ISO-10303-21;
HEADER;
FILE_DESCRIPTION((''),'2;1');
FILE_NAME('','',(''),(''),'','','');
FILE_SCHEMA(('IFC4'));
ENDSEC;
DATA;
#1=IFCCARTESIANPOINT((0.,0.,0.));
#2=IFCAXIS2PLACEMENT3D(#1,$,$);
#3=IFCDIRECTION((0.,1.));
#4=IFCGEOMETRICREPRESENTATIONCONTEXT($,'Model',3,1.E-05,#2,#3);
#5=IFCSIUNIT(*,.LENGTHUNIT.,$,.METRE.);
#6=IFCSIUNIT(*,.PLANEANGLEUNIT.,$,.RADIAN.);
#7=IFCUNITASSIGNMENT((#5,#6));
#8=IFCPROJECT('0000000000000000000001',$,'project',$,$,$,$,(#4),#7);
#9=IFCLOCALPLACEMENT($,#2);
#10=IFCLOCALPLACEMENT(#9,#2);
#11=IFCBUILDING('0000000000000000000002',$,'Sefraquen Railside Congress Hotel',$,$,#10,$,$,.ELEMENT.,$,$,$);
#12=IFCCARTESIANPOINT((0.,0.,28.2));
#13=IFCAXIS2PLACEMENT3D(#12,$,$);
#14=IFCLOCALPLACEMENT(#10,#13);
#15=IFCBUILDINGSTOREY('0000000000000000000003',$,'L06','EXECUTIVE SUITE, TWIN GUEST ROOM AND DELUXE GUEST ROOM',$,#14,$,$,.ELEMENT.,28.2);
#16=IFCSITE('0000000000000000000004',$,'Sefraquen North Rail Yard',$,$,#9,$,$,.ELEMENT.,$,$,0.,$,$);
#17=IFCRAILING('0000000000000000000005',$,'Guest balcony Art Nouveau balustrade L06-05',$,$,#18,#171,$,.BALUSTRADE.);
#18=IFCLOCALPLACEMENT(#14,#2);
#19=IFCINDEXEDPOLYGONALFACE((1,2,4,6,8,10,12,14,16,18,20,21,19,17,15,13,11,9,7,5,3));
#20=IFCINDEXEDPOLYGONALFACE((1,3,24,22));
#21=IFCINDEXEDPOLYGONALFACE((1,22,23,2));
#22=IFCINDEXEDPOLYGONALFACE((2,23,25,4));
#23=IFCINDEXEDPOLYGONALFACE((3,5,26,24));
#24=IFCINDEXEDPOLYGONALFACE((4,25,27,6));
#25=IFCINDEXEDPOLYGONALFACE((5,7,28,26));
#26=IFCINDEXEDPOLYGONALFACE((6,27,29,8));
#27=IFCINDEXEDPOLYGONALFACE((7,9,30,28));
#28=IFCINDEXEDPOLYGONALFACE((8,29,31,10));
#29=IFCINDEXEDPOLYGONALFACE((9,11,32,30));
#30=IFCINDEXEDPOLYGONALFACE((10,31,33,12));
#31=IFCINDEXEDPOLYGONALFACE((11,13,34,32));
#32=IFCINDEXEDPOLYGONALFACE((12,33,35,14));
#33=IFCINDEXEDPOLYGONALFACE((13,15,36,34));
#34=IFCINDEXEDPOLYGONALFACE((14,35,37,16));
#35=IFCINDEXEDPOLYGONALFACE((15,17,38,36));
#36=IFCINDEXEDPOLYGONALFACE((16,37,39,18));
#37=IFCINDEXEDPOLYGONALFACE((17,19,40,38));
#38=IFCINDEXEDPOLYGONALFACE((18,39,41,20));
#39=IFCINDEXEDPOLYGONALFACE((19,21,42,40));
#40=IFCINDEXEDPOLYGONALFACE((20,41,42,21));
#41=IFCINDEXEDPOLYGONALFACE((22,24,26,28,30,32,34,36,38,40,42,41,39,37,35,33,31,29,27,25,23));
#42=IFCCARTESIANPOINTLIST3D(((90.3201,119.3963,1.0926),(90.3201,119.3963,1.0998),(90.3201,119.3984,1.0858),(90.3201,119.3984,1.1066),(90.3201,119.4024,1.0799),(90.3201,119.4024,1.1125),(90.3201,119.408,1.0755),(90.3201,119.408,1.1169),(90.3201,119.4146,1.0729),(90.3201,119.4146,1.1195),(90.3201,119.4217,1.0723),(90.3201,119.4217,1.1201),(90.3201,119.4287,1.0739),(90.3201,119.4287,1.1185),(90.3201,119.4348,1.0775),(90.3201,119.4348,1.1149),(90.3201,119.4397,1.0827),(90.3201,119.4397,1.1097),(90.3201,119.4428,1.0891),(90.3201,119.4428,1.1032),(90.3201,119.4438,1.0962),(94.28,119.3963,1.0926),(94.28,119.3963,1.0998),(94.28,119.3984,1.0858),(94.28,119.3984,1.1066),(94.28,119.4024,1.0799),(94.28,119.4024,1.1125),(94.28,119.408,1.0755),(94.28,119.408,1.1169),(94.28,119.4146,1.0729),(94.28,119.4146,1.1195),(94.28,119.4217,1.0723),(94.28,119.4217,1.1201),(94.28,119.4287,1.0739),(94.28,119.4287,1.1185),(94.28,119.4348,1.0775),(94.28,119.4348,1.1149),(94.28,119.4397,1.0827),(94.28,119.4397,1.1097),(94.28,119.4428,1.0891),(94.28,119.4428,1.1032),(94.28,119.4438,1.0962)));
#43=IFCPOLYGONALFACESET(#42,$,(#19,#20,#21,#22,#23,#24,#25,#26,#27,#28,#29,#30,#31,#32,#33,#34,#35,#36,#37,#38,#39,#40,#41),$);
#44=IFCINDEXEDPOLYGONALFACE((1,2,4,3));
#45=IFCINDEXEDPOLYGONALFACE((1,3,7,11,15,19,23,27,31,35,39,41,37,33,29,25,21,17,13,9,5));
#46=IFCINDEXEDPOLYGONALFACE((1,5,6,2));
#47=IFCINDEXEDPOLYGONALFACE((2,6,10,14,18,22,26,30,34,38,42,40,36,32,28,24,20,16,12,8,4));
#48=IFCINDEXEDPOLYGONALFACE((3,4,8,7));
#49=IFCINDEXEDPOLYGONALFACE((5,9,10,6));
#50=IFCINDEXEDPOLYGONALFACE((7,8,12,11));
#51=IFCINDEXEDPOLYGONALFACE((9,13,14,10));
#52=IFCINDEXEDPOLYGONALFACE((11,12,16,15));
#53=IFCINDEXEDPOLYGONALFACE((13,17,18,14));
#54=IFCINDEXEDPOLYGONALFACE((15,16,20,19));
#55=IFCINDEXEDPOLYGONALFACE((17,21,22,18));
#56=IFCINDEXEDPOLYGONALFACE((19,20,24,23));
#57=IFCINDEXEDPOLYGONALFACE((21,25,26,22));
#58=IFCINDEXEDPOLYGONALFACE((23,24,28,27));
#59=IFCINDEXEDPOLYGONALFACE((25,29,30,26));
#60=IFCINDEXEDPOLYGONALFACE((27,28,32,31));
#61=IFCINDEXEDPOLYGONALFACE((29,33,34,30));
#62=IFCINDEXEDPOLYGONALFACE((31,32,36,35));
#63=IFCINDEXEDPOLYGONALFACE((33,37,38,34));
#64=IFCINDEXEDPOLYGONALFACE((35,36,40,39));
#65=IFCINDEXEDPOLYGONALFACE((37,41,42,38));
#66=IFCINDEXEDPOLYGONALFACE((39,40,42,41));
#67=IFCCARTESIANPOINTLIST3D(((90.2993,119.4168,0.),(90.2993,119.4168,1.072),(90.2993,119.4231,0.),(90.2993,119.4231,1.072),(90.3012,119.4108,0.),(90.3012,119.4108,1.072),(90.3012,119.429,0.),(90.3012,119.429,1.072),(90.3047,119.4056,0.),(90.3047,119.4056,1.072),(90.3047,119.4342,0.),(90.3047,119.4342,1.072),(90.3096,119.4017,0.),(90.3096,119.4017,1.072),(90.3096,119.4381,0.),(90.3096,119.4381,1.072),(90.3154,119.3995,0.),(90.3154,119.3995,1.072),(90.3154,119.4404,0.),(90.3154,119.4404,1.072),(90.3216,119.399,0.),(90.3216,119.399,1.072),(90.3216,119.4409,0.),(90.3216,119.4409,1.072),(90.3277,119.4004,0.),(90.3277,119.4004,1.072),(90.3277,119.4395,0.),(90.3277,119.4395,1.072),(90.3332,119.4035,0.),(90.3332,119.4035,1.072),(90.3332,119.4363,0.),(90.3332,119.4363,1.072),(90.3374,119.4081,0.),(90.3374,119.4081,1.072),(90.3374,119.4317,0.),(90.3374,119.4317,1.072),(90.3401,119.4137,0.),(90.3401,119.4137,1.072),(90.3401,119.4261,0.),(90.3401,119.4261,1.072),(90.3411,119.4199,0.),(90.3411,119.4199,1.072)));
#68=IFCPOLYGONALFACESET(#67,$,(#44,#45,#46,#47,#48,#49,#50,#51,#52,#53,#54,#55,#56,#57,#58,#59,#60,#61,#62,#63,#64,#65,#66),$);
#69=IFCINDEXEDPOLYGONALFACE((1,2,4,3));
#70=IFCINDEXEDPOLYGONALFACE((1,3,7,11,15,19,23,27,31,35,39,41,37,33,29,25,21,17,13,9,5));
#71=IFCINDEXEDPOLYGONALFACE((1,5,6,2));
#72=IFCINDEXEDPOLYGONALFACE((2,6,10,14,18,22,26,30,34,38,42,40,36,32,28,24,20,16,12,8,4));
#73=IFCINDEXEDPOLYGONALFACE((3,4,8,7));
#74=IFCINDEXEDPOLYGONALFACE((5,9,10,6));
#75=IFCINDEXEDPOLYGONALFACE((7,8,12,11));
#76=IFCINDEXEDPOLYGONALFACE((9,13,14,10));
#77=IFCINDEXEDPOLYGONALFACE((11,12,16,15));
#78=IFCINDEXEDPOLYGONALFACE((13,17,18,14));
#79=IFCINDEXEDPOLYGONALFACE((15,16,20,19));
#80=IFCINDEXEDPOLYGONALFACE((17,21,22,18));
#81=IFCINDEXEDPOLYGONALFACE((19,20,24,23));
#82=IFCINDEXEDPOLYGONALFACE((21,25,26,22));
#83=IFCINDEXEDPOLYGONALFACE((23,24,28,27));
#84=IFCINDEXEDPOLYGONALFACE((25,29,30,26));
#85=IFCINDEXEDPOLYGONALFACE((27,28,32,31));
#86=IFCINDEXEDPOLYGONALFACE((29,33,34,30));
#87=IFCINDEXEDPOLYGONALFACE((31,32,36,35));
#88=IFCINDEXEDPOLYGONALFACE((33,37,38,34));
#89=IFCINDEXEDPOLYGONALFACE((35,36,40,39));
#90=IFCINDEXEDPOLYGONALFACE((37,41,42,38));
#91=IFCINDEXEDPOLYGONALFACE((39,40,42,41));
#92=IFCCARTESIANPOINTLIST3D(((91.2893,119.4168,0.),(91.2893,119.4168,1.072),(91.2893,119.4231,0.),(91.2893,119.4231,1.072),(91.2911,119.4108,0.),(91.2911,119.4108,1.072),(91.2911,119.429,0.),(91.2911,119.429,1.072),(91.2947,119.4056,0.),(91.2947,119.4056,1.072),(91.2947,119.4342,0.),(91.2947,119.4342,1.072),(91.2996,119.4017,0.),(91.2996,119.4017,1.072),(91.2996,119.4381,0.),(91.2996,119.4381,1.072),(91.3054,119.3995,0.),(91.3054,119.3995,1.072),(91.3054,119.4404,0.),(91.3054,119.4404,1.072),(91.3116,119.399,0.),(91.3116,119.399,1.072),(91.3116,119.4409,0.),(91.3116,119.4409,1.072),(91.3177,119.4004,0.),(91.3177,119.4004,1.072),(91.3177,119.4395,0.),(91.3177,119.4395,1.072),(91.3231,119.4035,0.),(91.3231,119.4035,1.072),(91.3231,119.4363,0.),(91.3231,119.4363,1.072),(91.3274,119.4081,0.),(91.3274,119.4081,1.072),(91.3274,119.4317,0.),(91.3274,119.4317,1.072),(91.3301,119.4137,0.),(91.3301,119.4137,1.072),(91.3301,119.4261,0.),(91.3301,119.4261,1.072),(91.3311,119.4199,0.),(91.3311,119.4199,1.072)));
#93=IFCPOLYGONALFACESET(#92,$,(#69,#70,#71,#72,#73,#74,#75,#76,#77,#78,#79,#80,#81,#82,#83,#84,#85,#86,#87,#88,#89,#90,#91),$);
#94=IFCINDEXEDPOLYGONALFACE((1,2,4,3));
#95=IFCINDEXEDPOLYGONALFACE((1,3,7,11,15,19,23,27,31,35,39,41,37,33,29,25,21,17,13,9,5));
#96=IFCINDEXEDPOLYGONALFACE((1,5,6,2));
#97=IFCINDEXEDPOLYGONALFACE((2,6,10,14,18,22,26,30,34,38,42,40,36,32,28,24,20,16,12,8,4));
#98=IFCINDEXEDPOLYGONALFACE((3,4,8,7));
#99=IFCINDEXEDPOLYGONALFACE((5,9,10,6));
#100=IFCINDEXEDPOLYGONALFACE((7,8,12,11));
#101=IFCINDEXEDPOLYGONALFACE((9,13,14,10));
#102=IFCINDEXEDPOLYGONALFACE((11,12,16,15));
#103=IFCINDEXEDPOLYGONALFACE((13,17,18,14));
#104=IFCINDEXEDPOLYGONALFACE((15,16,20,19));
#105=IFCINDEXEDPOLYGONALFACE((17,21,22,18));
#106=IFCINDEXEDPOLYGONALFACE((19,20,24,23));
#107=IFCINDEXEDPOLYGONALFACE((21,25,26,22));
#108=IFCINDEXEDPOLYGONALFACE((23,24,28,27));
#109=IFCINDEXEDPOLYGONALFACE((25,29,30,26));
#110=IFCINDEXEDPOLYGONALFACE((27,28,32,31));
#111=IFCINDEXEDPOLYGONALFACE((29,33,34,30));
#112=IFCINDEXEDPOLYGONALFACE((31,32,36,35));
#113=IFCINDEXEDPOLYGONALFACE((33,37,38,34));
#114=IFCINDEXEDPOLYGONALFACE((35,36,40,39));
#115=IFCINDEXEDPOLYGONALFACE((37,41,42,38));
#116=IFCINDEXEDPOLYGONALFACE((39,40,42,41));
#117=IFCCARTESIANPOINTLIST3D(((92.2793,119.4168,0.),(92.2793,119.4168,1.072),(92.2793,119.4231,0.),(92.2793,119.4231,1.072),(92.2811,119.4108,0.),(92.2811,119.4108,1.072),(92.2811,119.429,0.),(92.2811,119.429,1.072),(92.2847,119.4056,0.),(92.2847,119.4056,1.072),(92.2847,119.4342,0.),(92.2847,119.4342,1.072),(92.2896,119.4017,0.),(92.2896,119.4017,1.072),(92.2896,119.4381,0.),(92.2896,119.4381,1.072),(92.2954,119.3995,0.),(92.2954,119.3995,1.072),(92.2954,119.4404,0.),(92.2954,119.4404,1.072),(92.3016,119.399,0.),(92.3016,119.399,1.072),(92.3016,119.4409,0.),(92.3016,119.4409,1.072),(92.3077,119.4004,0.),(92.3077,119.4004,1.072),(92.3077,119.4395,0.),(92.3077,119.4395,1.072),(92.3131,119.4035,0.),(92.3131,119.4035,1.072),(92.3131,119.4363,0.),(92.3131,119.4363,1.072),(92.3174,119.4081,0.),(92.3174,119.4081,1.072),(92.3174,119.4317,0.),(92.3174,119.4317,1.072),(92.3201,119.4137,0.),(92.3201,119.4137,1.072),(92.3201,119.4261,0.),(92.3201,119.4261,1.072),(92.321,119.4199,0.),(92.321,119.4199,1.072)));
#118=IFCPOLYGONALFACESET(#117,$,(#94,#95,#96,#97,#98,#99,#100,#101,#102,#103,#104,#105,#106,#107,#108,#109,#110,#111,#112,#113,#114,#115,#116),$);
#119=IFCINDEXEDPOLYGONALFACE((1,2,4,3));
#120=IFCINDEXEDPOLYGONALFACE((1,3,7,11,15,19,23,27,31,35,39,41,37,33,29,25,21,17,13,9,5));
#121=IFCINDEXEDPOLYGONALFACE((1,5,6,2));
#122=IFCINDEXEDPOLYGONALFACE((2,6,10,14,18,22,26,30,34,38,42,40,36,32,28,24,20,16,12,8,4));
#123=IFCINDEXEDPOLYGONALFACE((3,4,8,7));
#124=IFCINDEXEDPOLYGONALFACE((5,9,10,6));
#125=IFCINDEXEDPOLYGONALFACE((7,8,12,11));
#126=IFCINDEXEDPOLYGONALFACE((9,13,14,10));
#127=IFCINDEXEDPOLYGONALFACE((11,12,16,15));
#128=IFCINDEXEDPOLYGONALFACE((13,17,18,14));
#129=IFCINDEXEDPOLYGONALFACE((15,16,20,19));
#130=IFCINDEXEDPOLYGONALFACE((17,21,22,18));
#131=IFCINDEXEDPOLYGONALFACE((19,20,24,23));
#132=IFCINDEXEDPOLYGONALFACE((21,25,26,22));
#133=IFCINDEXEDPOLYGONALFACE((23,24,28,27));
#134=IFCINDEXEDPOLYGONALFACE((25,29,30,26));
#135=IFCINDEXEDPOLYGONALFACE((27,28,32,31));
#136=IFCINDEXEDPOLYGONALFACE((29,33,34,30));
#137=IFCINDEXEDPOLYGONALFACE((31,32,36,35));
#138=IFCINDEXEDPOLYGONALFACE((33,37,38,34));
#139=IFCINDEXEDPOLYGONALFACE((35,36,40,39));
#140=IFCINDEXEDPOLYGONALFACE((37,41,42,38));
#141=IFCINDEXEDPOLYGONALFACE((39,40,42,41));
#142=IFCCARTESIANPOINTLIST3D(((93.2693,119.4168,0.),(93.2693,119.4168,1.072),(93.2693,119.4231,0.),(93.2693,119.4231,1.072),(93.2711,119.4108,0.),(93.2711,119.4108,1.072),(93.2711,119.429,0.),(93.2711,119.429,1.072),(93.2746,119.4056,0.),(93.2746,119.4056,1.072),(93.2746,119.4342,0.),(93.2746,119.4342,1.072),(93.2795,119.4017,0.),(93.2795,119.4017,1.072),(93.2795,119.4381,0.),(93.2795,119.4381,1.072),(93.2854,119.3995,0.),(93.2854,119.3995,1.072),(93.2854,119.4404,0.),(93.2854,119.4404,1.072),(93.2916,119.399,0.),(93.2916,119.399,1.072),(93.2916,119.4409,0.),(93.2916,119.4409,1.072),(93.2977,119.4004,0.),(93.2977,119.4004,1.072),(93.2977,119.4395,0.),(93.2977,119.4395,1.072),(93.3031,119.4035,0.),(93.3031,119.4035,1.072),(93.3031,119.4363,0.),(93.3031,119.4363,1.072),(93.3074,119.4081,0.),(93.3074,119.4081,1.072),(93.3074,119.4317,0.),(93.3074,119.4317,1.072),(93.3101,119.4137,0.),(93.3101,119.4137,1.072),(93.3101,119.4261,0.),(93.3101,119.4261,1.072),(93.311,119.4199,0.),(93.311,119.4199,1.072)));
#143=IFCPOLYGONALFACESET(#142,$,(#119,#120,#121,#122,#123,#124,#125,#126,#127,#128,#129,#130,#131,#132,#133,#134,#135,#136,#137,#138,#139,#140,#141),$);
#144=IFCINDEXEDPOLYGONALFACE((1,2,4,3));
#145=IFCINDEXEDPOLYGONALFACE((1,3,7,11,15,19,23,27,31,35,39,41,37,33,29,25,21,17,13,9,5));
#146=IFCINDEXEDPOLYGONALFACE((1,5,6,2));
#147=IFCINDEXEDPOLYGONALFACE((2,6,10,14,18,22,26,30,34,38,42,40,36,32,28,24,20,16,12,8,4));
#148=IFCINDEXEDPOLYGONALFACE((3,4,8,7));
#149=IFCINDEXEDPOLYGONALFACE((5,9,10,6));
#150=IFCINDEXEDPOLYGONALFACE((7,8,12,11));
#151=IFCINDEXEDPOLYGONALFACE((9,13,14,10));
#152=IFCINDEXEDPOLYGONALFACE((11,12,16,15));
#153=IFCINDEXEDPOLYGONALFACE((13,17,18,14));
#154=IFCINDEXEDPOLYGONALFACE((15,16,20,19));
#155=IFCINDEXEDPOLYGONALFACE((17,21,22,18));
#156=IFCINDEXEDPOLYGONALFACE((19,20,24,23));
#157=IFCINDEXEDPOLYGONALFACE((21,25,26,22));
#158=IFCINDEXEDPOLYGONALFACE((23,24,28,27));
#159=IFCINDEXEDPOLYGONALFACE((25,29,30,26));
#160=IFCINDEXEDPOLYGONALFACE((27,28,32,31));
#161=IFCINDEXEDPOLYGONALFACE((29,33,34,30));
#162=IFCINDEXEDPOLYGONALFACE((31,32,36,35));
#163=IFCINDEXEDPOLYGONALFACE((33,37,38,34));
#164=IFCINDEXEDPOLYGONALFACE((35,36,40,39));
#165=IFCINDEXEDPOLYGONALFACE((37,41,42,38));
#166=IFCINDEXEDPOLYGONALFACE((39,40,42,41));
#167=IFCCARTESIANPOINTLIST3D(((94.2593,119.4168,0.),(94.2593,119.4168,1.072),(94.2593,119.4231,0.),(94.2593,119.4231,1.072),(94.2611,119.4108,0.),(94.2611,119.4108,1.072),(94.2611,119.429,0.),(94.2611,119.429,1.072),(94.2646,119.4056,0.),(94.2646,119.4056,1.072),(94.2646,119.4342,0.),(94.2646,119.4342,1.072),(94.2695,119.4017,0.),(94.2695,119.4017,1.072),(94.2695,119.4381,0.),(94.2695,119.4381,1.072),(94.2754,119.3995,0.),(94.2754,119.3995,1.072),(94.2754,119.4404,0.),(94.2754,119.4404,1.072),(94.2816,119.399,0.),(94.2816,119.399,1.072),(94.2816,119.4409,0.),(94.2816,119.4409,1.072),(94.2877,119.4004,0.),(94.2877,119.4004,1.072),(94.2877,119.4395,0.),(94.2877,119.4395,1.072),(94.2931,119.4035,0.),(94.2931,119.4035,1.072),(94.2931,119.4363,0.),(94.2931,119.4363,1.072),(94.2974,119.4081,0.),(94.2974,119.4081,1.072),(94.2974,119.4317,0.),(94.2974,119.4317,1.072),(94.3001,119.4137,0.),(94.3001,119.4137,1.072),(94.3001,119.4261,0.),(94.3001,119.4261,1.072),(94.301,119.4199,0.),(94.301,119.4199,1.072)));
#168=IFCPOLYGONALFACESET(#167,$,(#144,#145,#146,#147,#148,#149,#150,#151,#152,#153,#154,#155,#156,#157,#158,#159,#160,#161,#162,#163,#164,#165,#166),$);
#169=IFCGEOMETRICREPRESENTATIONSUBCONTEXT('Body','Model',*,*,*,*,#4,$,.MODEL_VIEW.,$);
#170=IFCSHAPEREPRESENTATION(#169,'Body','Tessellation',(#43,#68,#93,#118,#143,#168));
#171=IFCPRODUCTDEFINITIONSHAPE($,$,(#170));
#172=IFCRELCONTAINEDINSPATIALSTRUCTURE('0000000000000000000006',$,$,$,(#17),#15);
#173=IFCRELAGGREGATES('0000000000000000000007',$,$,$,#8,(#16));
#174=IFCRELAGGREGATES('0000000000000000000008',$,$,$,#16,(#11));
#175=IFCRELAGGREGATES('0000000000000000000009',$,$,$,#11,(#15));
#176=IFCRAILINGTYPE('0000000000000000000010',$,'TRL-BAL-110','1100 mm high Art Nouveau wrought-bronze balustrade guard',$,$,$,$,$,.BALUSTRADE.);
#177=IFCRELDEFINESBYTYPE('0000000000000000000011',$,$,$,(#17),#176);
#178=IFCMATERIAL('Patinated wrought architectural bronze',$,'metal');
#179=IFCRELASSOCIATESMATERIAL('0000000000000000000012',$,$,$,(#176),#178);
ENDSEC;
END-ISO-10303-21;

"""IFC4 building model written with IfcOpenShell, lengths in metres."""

from ifc_helpers import new_model, si_unit, direction, frame, origin, origin_2d, place, context, subcontext, project, spatial, circle, extrude, material, type_object, element, save


model = new_model("IFC4")

# Units and contexts
model_context = context("Model", 3, precision=1e-05, world=origin(), true_north=direction((0.0, 1.0)))
body_context = subcontext(model_context, "Body", "Model", "MODEL_VIEW")
ifc_project = project(units=[si_unit("LENGTHUNIT", "METRE"), si_unit("PLANEANGLEUNIT", "RADIAN")], contexts=[model_context])

# Site, building, storey
site_placement = place(None, origin())
site = spatial("IfcSite", under=ifc_project, at=site_placement, Name="Sefraquen North Rail Yard", CompositionType="ELEMENT", RefElevation=0.0)
building_placement = place(site_placement, origin())
building = spatial("IfcBuilding", under=site, at=building_placement, Name="Sefraquen Railside Congress Hotel", CompositionType="ELEMENT")
storey_placement = place(building_placement, frame((0.0, 0.0, 28.2)))
storey = spatial("IfcBuildingStorey", under=building, at=storey_placement, Name="L06", Description="EXECUTIVE SUITE, TWIN GUEST ROOM AND DELUXE GUEST ROOM", CompositionType="ELEMENT", Elevation=28.2)

# Railing
ifc_material_1 = material(Name="Patinated wrought architectural bronze", Category="metal")
railing_type = type_object("IfcRailingType", Name="TRL-BAL-110", Description="1100 mm high Art Nouveau wrought-bronze balustrade guard", PredefinedType="BALUSTRADE", material=ifc_material_1)
railing_1_placement = place(storey_placement, frame((90.3201, 119.4199, 0.0)))
element("IfcRailing", 1, at=railing_1_placement, inside=storey, type_object=railing_type, Name="Guest balcony Art Nouveau balustrade L06-05", PredefinedType="BALUSTRADE", context=body_context, shape_type="SweptSolid", body=[
    extrude(circle(Radius=0.0239, at=origin_2d()), frame((0.0, 0.0, 1.0962), z_axis=(1.0, 0.0, 0.0), x_axis=(0.0, 1.0, 0.0)), (0.0, 0.0, 1.0), 3.96),
    extrude(circle(Radius=0.021, at=origin_2d()), origin(), (0.0, 0.0, 1.0), 1.072),
    extrude(circle(Radius=0.021, at=origin_2d()), frame((0.99, 0.0, 0.0)), (0.0, 0.0, 1.0), 1.072),
    extrude(circle(Radius=0.021, at=origin_2d()), frame((1.98, 0.0, 0.0)), (0.0, 0.0, 1.0), 1.072),
    extrude(circle(Radius=0.021, at=origin_2d()), frame((2.97, 0.0, 0.0)), (0.0, 0.0, 1.0), 1.072),
    extrude(circle(Radius=0.021, at=origin_2d()), frame((3.96, 0.0, 0.0)), (0.0, 0.0, 1.0), 1.072),
])

save(model, "model.ifc")
